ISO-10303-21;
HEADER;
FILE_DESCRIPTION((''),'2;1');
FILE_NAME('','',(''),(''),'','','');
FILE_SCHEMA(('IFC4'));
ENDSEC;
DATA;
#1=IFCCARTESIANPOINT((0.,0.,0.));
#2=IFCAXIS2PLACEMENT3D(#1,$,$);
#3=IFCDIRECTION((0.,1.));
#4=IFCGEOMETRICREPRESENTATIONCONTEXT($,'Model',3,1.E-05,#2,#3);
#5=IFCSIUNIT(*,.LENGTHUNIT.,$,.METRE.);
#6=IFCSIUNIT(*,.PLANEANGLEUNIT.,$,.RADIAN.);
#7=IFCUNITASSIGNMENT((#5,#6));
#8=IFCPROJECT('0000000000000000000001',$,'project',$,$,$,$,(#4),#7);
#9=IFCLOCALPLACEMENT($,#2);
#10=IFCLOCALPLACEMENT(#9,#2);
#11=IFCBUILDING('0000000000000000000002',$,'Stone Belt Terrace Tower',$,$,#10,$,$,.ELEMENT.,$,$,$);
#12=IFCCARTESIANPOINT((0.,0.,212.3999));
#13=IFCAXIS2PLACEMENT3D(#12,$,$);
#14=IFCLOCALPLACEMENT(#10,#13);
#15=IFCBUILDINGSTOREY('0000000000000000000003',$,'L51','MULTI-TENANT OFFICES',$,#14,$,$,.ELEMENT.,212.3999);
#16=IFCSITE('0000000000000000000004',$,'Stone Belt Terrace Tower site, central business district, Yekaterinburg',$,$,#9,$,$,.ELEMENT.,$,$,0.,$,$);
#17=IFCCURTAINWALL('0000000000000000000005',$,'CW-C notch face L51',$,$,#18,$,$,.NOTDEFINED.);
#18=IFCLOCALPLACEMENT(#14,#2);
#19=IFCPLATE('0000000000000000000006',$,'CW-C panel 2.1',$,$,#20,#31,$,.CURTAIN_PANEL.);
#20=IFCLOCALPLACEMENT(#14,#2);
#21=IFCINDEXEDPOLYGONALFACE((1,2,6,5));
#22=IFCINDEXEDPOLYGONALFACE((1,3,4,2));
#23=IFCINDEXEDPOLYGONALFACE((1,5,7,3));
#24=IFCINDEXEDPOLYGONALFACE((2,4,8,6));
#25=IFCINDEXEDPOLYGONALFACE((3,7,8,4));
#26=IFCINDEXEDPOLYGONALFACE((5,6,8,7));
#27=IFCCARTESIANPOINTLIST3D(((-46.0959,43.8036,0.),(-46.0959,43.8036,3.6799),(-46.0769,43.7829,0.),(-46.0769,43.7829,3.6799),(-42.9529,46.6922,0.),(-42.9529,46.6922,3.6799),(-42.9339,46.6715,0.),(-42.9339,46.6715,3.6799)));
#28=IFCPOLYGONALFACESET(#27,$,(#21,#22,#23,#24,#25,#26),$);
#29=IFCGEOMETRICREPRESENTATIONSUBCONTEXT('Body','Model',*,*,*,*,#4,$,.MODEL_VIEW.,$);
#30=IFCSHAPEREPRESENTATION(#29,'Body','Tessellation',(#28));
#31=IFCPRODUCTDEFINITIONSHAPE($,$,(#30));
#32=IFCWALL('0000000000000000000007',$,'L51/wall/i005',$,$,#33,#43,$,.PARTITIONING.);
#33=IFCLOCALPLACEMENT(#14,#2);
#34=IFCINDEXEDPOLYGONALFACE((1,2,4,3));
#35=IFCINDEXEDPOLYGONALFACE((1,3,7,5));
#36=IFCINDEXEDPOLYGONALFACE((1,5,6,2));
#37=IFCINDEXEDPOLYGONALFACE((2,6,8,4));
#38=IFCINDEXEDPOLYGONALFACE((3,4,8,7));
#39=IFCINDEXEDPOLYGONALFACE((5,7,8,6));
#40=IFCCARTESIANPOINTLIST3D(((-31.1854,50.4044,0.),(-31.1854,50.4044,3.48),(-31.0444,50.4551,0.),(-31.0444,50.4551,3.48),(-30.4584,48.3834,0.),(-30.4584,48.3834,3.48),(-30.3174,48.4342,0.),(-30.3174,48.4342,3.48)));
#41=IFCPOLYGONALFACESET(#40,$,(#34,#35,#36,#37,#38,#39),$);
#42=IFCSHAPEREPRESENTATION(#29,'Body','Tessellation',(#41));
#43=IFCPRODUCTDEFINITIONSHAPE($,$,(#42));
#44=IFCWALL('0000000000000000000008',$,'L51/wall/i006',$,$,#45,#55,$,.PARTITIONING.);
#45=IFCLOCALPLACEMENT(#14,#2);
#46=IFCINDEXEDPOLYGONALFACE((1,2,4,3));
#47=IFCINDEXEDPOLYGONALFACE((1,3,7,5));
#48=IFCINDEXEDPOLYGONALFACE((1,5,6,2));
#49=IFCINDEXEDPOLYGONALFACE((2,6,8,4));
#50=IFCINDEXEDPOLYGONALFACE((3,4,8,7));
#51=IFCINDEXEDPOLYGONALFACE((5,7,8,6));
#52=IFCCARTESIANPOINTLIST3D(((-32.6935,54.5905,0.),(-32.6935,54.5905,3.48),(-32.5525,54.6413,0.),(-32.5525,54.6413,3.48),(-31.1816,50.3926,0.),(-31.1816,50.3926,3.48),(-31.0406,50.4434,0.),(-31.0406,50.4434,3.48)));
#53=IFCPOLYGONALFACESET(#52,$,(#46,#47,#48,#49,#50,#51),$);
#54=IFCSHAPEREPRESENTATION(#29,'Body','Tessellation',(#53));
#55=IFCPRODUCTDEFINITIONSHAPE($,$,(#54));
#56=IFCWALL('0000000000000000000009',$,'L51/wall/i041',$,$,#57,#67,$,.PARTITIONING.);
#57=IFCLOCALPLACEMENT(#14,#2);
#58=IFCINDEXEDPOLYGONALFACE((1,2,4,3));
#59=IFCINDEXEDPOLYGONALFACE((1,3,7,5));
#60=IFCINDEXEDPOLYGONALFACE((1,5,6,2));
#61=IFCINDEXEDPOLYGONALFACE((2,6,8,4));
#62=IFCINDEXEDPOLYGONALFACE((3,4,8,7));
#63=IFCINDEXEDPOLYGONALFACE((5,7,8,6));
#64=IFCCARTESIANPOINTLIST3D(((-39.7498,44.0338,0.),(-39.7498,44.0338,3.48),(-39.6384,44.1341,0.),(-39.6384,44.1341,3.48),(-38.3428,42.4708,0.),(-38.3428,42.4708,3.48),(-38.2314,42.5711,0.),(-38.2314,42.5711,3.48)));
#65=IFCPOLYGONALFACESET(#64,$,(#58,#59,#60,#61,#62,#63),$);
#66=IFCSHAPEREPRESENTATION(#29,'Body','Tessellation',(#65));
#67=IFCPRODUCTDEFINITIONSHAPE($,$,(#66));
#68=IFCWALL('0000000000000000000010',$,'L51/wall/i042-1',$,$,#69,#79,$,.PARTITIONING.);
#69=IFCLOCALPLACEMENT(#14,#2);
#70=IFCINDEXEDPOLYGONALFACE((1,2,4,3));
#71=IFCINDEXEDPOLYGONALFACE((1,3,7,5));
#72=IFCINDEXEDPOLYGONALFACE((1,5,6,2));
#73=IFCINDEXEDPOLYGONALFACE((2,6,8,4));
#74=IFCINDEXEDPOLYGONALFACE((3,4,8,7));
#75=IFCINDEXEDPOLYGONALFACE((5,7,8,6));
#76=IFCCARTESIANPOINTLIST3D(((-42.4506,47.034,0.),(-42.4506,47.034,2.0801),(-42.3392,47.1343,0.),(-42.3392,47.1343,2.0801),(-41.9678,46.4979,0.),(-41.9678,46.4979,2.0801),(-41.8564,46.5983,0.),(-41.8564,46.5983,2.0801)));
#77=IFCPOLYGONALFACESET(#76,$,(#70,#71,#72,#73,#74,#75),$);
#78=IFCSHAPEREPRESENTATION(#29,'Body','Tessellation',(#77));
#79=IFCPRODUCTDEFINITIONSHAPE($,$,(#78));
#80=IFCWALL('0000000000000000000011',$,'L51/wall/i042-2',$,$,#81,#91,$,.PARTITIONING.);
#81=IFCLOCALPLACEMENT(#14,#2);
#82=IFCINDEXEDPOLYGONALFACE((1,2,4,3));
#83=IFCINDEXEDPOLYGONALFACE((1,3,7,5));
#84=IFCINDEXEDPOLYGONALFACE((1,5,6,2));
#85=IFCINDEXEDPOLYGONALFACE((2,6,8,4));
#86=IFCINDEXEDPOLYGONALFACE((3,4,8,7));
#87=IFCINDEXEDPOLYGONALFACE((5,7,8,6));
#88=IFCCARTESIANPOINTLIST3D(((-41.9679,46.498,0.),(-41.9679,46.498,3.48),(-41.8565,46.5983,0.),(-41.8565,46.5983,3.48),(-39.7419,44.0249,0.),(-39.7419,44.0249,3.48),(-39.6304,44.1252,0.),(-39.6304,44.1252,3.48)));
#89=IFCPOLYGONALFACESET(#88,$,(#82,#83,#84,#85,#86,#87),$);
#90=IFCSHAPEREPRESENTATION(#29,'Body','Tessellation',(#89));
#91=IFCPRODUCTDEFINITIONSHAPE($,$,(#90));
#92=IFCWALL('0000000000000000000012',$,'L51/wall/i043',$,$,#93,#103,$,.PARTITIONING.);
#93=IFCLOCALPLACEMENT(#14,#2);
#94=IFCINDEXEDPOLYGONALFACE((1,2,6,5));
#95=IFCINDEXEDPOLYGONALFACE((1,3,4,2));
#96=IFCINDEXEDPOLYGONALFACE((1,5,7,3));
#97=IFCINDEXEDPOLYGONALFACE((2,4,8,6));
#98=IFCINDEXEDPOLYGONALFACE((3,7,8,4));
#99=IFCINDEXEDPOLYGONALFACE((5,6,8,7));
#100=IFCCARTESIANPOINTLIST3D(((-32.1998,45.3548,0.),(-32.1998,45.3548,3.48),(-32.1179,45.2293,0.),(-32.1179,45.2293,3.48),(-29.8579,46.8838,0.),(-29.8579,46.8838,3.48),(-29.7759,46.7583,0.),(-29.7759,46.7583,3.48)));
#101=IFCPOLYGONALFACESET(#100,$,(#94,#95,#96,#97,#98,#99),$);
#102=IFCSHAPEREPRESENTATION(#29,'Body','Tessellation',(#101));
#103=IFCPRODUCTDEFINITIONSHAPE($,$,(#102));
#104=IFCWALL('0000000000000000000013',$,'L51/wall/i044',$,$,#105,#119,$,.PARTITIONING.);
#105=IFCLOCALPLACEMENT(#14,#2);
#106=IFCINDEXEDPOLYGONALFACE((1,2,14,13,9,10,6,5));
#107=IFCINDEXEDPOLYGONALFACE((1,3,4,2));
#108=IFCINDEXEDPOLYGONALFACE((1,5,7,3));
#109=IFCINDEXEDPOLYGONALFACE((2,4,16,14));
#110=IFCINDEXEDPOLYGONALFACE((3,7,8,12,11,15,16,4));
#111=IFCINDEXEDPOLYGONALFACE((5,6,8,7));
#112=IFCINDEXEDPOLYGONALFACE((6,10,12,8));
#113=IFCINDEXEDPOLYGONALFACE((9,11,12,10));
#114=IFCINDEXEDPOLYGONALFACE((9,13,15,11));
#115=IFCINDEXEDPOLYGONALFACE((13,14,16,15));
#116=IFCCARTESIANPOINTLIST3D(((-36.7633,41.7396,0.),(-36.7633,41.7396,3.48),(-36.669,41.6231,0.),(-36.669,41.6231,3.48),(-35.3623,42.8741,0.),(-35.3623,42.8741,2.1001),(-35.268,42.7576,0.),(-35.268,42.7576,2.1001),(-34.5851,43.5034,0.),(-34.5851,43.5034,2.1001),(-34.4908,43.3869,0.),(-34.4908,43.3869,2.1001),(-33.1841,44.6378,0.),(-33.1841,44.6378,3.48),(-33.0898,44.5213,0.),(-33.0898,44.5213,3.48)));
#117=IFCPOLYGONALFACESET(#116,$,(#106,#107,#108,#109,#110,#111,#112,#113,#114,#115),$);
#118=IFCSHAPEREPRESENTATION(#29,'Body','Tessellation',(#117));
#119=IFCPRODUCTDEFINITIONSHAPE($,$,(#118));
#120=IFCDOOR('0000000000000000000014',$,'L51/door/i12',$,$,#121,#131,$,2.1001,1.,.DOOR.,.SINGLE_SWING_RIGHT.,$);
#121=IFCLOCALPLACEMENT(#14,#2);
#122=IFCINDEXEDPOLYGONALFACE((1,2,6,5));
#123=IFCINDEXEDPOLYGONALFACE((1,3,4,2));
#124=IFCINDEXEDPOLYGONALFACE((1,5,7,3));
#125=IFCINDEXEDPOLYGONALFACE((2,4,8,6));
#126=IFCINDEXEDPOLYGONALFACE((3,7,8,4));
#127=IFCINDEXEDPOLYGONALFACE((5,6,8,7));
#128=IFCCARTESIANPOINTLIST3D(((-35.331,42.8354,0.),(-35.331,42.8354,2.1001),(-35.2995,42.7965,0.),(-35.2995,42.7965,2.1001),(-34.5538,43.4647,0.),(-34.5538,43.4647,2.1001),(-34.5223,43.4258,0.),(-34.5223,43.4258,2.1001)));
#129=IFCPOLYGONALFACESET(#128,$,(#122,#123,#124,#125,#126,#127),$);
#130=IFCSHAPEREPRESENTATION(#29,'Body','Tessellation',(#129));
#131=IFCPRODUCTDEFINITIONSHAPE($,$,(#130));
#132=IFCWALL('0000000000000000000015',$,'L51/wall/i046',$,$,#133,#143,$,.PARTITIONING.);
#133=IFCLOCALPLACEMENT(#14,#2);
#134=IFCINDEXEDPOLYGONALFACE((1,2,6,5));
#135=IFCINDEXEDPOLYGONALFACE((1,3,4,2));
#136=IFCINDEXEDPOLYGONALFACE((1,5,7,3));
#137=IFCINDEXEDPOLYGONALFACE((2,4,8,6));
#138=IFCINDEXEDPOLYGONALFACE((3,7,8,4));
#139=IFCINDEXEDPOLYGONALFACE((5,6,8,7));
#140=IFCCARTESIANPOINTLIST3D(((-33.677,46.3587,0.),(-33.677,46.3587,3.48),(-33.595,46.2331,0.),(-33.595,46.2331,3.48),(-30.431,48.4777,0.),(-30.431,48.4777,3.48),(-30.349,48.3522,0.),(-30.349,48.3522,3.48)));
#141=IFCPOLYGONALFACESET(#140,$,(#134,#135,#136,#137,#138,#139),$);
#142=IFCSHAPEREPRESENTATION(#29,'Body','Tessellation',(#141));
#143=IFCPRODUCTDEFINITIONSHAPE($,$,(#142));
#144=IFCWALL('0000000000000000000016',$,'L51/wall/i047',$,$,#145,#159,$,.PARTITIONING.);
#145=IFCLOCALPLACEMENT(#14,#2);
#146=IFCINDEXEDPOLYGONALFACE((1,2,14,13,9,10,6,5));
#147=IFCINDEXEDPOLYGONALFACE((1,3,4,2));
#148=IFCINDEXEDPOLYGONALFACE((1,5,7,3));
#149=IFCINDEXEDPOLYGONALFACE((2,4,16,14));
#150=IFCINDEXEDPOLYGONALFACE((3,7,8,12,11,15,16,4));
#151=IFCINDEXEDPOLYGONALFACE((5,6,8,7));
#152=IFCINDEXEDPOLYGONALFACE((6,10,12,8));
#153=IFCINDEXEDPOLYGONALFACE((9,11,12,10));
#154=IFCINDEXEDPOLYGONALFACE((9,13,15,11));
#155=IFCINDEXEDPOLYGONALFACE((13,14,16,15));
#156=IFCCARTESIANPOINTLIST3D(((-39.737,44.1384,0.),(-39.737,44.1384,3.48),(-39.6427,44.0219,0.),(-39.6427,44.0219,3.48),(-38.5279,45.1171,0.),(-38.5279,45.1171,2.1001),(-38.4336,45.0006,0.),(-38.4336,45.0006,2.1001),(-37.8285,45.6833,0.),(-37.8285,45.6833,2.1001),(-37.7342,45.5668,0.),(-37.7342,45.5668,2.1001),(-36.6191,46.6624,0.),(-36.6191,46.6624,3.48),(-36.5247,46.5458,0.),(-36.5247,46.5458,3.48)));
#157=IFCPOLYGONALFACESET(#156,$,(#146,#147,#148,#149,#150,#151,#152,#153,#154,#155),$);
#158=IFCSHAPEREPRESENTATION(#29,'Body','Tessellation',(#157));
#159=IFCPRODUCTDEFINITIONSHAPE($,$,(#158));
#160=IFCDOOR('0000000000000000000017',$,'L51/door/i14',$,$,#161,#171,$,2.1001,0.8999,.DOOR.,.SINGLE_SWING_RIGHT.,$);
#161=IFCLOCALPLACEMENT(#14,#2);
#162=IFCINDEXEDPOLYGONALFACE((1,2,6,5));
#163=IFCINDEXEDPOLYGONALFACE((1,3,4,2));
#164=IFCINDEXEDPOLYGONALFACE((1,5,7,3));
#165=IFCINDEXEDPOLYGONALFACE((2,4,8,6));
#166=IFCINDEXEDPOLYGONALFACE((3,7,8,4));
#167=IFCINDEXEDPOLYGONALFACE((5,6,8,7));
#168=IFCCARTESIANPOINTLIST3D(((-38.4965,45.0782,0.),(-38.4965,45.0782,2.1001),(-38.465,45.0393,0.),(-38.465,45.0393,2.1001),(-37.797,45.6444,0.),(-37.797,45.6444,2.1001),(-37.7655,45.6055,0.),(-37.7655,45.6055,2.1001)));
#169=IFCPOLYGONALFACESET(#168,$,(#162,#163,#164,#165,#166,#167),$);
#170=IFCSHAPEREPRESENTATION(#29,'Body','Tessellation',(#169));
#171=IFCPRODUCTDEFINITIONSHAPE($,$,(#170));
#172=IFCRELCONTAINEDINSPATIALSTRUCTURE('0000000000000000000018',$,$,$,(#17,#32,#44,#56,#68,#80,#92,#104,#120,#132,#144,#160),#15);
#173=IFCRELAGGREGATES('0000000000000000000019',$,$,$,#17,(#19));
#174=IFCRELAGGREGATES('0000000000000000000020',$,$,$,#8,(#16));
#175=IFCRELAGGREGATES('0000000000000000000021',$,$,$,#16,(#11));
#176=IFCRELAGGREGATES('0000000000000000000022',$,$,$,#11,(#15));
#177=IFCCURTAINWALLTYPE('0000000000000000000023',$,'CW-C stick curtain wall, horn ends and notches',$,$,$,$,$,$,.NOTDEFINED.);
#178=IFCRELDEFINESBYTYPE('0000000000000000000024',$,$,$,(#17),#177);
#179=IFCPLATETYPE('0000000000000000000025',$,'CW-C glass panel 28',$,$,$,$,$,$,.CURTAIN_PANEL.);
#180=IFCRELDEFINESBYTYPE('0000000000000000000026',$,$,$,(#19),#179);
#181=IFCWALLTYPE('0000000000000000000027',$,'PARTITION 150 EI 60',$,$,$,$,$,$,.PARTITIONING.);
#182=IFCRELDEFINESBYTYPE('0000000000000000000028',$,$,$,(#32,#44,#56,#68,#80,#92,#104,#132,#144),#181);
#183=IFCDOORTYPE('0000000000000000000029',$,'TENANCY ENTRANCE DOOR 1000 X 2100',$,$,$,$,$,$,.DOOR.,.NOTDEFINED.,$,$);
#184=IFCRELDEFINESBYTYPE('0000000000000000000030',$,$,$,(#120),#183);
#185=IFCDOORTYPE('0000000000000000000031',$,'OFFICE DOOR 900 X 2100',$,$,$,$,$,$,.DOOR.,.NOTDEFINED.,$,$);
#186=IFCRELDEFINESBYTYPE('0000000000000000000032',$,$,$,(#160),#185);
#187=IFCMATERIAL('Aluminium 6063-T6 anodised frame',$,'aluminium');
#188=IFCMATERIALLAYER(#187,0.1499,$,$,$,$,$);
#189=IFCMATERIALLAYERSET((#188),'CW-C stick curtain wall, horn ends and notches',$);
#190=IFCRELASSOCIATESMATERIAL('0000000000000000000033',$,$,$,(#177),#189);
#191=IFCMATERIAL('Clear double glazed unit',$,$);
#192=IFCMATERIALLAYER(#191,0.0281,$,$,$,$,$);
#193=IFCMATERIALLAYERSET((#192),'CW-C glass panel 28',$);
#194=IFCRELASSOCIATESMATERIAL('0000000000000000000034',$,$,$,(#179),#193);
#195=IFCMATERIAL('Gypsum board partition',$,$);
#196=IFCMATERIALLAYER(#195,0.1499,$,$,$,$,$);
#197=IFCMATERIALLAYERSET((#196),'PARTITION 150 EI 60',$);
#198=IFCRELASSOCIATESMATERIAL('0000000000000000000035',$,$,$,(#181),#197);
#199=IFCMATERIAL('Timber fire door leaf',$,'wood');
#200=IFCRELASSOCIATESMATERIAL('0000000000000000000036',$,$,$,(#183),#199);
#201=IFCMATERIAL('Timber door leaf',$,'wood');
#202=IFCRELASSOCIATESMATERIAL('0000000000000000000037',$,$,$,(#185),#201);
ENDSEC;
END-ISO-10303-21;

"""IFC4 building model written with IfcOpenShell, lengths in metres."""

from ifc_helpers import new_model, si_unit, direction, frame, frame_2d, origin, origin_2d, place, context, subcontext, project, spatial, rectangle, extrude, material, layer, layer_set, type_object, element, fill, aggregate, save


model = new_model("IFC4")

# Units and contexts
model_context = context("Model", 3, precision=1e-05, world=origin(), true_north=direction((0.0, 1.0)))
body_context = subcontext(model_context, "Body", "Model", "MODEL_VIEW")
ifc_project = project(units=[si_unit("LENGTHUNIT", "METRE"), si_unit("PLANEANGLEUNIT", "RADIAN")], contexts=[model_context])

# Site, building, storey
site_placement = place(None, origin())
site = spatial("IfcSite", under=ifc_project, at=site_placement, Name="Stone Belt Terrace Tower site, central business district, Yekaterinburg", CompositionType="ELEMENT", RefElevation=0.0)
building_placement = place(site_placement, origin())
building = spatial("IfcBuilding", under=site, at=building_placement, Name="Stone Belt Terrace Tower", CompositionType="ELEMENT")
storey_placement = place(building_placement, frame((0.0, 0.0, 212.3999)))
storey = spatial("IfcBuildingStorey", under=building, at=storey_placement, Name="L51", Description="MULTI-TENANT OFFICES", CompositionType="ELEMENT", Elevation=212.3999)

# Curtain wall
ifc_material_1 = material(Name="Aluminium 6063-T6 anodised frame", Category="aluminium")
ifc_layer_1 = layer(ifc_material_1, 0.1499)
ifc_layer_set_1 = layer_set([ifc_layer_1], Name="CW-C stick curtain wall, horn ends and notches")
curtain_wall_type = type_object("IfcCurtainWallType", Name="CW-C stick curtain wall, horn ends and notches", PredefinedType="NOTDEFINED", material=ifc_layer_set_1)
curtain_wall_1_placement = place(storey_placement, origin())
curtain_wall_1 = element("IfcCurtainWall", 1, at=curtain_wall_1_placement, inside=storey, type_object=curtain_wall_type, Name="CW-C notch face L51", PredefinedType="NOTDEFINED")

# Plate
ifc_material_2 = material(Name="Clear double glazed unit")
ifc_layer_2 = layer(ifc_material_2, 0.0281)
ifc_layer_set_2 = layer_set([ifc_layer_2], Name="CW-C glass panel 28")
plate_type = type_object("IfcPlateType", Name="CW-C glass panel 28", PredefinedType="CURTAIN_PANEL", material=ifc_layer_set_2)
plate_1_placement = place(storey_placement, frame((-44.5149, 45.2375, 0.0), z_axis=(0.0, 0.0, 1.0), x_axis=(-0.73628, -0.676677, 0.0)))
plate_1 = element("IfcPlate", 2, at=plate_1_placement, type_object=plate_type, Name="CW-C panel 2.1", PredefinedType="CURTAIN_PANEL", context=body_context, shape_type="SweptSolid", body=[
    extrude(rectangle(XDim=4.2688, YDim=0.0281, at=origin_2d()), origin(), (0.0, 0.0, 1.0), 3.6799),
])
aggregate(curtain_wall_1, [plate_1])

# Walls
ifc_material_3 = material(Name="Gypsum board partition")
ifc_layer_3 = layer(ifc_material_3, 0.1499)
ifc_layer_set_3 = layer_set([ifc_layer_3], Name="PARTITION 150 EI 60")
wall_type_1 = type_object("IfcWallType", Name="PARTITION 150 EI 60", PredefinedType="PARTITIONING", material=ifc_layer_set_3)
wall_1_placement = place(storey_placement, frame((-30.3879, 48.4089, 0.0), z_axis=(0.0, 0.0, 1.0), x_axis=(-0.33851, 0.940963, 0.0)))
element("IfcWall", 3, at=wall_1_placement, inside=storey, type_object=wall_type_1, Name="L51/wall/i005", PredefinedType="PARTITIONING", context=body_context, shape_type="SweptSolid", body=[
    extrude(rectangle(XDim=2.1477, YDim=0.1499, at=frame_2d((1.0737, 0.0))), origin(), (0.0, 0.0, 1.0), 3.48),
])
wall_2_placement = place(storey_placement, frame((-31.1111, 50.418, 0.0), z_axis=(0.0, 0.0, 1.0), x_axis=(-0.338855, 0.940839, 0.0)))
element("IfcWall", 4, at=wall_2_placement, inside=storey, type_object=wall_type_1, Name="L51/wall/i006", PredefinedType="PARTITIONING", context=body_context, shape_type="SweptSolid", body=[
    extrude(rectangle(XDim=4.4619, YDim=0.1499, at=frame_2d((2.231, 0.0))), origin(), (0.0, 0.0, 1.0), 3.48),
])
wall_3_placement = place(storey_placement, frame((-39.6941, 44.084, 0.0), z_axis=(0.0, 0.0, 1.0), x_axis=(0.669042, -0.743225, 0.0)))
element("IfcWall", 5, at=wall_3_placement, inside=storey, type_object=wall_type_1, Name="L51/wall/i041", PredefinedType="PARTITIONING", context=body_context, shape_type="SweptSolid", body=[
    extrude(rectangle(XDim=2.103, YDim=0.1499, at=frame_2d((1.0515, 0.0))), origin(), (0.0, 0.0, 1.0), 3.48),
])
wall_4_placement = place(storey_placement, frame((-42.395, 47.0842, 0.0), z_axis=(0.0, 0.0, 1.0), x_axis=(0.669264, -0.743025, 0.0)))
element("IfcWall", 6, at=wall_4_placement, inside=storey, type_object=wall_type_1, Name="L51/wall/i042-1", PredefinedType="PARTITIONING", context=body_context, shape_type="SweptSolid", body=[
    extrude(rectangle(XDim=0.7214, YDim=0.1499, at=frame_2d((0.3608, 0.0))), origin(), (0.0, 0.0, 1.0), 2.0801),
])
wall_5_placement = place(storey_placement, frame((-41.9121, 46.5481, 0.0), z_axis=(0.0, 0.0, 1.0), x_axis=(0.669005, -0.743258, 0.0)))
element("IfcWall", 7, at=wall_5_placement, inside=storey, type_object=wall_type_1, Name="L51/wall/i042-2", PredefinedType="PARTITIONING", context=body_context, shape_type="SweptSolid", body=[
    extrude(rectangle(XDim=3.3274, YDim=0.1499, at=frame_2d((1.6636, 0.0))), origin(), (0.0, 0.0, 1.0), 3.48),
])
wall_6_placement = place(storey_placement, frame((-29.8169, 46.821, 0.0), z_axis=(0.0, 0.0, 1.0), x_axis=(-0.837343, -0.546678, 0.0)))
element("IfcWall", 8, at=wall_6_placement, inside=storey, type_object=wall_type_1, Name="L51/wall/i043", PredefinedType="PARTITIONING", context=body_context, shape_type="SweptSolid", body=[
    extrude(rectangle(XDim=2.7969, YDim=0.1499, at=frame_2d((1.3984, 0.0))), origin(), (0.0, 0.0, 1.0), 3.48),
])

# Wall, opening, door
wall_7_placement = place(storey_placement, frame((-33.137, 44.5796, 0.0), z_axis=(0.0, 0.0, 1.0), x_axis=(-0.777157, -0.629306, 0.0)))
wall_7 = element("IfcWall", 9, at=wall_7_placement, inside=storey, type_object=wall_type_1, Name="L51/wall/i044", PredefinedType="PARTITIONING", context=body_context, shape_type="SweptSolid", body=[
    extrude(rectangle(XDim=4.6055, YDim=0.1499, at=frame_2d((2.3027, 0.0))), origin(), (0.0, 0.0, 1.0), 3.48),
])
opening_1_placement = place(wall_7_placement, frame((1.8027, 0.0, 0.0)))
opening_1 = element("IfcOpeningElement", 10, at=opening_1_placement, cuts=wall_7, PredefinedType="OPENING", context=body_context, shape_type="SweptSolid", body=[
    extrude(rectangle(XDim=1.0, YDim=2.1001, at=frame_2d((0.5, 1.05))), frame((0.0, 0.085, 0.0), z_axis=(0.0, -1.0, 0.0), x_axis=(1.0, 0.0, 0.0)), (0.0, 0.0, 1.0), 0.1699),
])
ifc_material_4 = material(Name="Timber fire door leaf", Category="wood")
door_type_1 = type_object("IfcDoorType", Name="TENANCY ENTRANCE DOOR 1000 X 2100", OperationType="NOTDEFINED", PredefinedType="DOOR", material=ifc_material_4)
door_1_placement = place(opening_1_placement, origin())
door_1 = element("IfcDoor", 11, at=door_1_placement, inside=storey, type_object=door_type_1, Name="L51/door/i12", OperationType="SINGLE_SWING_RIGHT", OverallHeight=2.1001, OverallWidth=1.0, PredefinedType="DOOR", context=body_context, shape_type="SweptSolid", body=[
    extrude(rectangle(XDim=1.0, YDim=2.1001, at=frame_2d((0.5, 1.05))), frame((0.0, 0.0249, 0.0), z_axis=(0.0, -1.0, 0.0), x_axis=(1.0, 0.0, 0.0)), (0.0, 0.0, 1.0), 0.05),
])
fill(opening_1, door_1)

# Wall
wall_8_placement = place(storey_placement, frame((-33.636, 46.2959, 0.0), z_axis=(0.0, 0.0, 1.0), x_axis=(0.83736, 0.546652, 0.0)))
element("IfcWall", 12, at=wall_8_placement, inside=storey, type_object=wall_type_1, Name="L51/wall/i046", PredefinedType="PARTITIONING", context=body_context, shape_type="SweptSolid", body=[
    extrude(rectangle(XDim=3.8765, YDim=0.1499, at=frame_2d((1.9382, 0.0))), origin(), (0.0, 0.0, 1.0), 3.48),
])

# Wall, opening, door
wall_9_placement = place(storey_placement, frame((-39.6899, 44.0801, 0.0), z_axis=(0.0, 0.0, 1.0), x_axis=(0.777258, 0.629182, 0.0)))
wall_9 = element("IfcWall", 13, at=wall_9_placement, inside=storey, type_object=wall_type_1, Name="L51/wall/i047", PredefinedType="PARTITIONING", context=body_context, shape_type="SweptSolid", body=[
    extrude(rectangle(XDim=4.0115, YDim=0.1499, at=frame_2d((2.0059, 0.0))), origin(), (0.0, 0.0, 1.0), 3.48),
])
opening_2_placement = place(wall_9_placement, frame((1.5557, 0.0, 0.0)))
opening_2 = element("IfcOpeningElement", 14, at=opening_2_placement, cuts=wall_9, PredefinedType="OPENING", context=body_context, shape_type="SweptSolid", body=[
    extrude(rectangle(XDim=0.8999, YDim=2.1001, at=frame_2d((0.45, 1.05))), frame((0.0, 0.085, 0.0), z_axis=(0.0, -1.0, 0.0), x_axis=(1.0, 0.0, 0.0)), (0.0, 0.0, 1.0), 0.1699),
])
ifc_material_5 = material(Name="Timber door leaf", Category="wood")
door_type_2 = type_object("IfcDoorType", Name="OFFICE DOOR 900 X 2100", OperationType="NOTDEFINED", PredefinedType="DOOR", material=ifc_material_5)
door_2_placement = place(opening_2_placement, origin())
door_2 = element("IfcDoor", 15, at=door_2_placement, inside=storey, type_object=door_type_2, Name="L51/door/i14", OperationType="SINGLE_SWING_RIGHT", OverallHeight=2.1001, OverallWidth=0.8999, PredefinedType="DOOR", context=body_context, shape_type="SweptSolid", body=[
    extrude(rectangle(XDim=0.8999, YDim=2.1001, at=frame_2d((0.45, 1.05))), frame((0.0, 0.0249, 0.0), z_axis=(0.0, -1.0, 0.0), x_axis=(1.0, 0.0, 0.0)), (0.0, 0.0, 1.0), 0.05),
])
fill(opening_2, door_2)

save(model, "model.ifc")
